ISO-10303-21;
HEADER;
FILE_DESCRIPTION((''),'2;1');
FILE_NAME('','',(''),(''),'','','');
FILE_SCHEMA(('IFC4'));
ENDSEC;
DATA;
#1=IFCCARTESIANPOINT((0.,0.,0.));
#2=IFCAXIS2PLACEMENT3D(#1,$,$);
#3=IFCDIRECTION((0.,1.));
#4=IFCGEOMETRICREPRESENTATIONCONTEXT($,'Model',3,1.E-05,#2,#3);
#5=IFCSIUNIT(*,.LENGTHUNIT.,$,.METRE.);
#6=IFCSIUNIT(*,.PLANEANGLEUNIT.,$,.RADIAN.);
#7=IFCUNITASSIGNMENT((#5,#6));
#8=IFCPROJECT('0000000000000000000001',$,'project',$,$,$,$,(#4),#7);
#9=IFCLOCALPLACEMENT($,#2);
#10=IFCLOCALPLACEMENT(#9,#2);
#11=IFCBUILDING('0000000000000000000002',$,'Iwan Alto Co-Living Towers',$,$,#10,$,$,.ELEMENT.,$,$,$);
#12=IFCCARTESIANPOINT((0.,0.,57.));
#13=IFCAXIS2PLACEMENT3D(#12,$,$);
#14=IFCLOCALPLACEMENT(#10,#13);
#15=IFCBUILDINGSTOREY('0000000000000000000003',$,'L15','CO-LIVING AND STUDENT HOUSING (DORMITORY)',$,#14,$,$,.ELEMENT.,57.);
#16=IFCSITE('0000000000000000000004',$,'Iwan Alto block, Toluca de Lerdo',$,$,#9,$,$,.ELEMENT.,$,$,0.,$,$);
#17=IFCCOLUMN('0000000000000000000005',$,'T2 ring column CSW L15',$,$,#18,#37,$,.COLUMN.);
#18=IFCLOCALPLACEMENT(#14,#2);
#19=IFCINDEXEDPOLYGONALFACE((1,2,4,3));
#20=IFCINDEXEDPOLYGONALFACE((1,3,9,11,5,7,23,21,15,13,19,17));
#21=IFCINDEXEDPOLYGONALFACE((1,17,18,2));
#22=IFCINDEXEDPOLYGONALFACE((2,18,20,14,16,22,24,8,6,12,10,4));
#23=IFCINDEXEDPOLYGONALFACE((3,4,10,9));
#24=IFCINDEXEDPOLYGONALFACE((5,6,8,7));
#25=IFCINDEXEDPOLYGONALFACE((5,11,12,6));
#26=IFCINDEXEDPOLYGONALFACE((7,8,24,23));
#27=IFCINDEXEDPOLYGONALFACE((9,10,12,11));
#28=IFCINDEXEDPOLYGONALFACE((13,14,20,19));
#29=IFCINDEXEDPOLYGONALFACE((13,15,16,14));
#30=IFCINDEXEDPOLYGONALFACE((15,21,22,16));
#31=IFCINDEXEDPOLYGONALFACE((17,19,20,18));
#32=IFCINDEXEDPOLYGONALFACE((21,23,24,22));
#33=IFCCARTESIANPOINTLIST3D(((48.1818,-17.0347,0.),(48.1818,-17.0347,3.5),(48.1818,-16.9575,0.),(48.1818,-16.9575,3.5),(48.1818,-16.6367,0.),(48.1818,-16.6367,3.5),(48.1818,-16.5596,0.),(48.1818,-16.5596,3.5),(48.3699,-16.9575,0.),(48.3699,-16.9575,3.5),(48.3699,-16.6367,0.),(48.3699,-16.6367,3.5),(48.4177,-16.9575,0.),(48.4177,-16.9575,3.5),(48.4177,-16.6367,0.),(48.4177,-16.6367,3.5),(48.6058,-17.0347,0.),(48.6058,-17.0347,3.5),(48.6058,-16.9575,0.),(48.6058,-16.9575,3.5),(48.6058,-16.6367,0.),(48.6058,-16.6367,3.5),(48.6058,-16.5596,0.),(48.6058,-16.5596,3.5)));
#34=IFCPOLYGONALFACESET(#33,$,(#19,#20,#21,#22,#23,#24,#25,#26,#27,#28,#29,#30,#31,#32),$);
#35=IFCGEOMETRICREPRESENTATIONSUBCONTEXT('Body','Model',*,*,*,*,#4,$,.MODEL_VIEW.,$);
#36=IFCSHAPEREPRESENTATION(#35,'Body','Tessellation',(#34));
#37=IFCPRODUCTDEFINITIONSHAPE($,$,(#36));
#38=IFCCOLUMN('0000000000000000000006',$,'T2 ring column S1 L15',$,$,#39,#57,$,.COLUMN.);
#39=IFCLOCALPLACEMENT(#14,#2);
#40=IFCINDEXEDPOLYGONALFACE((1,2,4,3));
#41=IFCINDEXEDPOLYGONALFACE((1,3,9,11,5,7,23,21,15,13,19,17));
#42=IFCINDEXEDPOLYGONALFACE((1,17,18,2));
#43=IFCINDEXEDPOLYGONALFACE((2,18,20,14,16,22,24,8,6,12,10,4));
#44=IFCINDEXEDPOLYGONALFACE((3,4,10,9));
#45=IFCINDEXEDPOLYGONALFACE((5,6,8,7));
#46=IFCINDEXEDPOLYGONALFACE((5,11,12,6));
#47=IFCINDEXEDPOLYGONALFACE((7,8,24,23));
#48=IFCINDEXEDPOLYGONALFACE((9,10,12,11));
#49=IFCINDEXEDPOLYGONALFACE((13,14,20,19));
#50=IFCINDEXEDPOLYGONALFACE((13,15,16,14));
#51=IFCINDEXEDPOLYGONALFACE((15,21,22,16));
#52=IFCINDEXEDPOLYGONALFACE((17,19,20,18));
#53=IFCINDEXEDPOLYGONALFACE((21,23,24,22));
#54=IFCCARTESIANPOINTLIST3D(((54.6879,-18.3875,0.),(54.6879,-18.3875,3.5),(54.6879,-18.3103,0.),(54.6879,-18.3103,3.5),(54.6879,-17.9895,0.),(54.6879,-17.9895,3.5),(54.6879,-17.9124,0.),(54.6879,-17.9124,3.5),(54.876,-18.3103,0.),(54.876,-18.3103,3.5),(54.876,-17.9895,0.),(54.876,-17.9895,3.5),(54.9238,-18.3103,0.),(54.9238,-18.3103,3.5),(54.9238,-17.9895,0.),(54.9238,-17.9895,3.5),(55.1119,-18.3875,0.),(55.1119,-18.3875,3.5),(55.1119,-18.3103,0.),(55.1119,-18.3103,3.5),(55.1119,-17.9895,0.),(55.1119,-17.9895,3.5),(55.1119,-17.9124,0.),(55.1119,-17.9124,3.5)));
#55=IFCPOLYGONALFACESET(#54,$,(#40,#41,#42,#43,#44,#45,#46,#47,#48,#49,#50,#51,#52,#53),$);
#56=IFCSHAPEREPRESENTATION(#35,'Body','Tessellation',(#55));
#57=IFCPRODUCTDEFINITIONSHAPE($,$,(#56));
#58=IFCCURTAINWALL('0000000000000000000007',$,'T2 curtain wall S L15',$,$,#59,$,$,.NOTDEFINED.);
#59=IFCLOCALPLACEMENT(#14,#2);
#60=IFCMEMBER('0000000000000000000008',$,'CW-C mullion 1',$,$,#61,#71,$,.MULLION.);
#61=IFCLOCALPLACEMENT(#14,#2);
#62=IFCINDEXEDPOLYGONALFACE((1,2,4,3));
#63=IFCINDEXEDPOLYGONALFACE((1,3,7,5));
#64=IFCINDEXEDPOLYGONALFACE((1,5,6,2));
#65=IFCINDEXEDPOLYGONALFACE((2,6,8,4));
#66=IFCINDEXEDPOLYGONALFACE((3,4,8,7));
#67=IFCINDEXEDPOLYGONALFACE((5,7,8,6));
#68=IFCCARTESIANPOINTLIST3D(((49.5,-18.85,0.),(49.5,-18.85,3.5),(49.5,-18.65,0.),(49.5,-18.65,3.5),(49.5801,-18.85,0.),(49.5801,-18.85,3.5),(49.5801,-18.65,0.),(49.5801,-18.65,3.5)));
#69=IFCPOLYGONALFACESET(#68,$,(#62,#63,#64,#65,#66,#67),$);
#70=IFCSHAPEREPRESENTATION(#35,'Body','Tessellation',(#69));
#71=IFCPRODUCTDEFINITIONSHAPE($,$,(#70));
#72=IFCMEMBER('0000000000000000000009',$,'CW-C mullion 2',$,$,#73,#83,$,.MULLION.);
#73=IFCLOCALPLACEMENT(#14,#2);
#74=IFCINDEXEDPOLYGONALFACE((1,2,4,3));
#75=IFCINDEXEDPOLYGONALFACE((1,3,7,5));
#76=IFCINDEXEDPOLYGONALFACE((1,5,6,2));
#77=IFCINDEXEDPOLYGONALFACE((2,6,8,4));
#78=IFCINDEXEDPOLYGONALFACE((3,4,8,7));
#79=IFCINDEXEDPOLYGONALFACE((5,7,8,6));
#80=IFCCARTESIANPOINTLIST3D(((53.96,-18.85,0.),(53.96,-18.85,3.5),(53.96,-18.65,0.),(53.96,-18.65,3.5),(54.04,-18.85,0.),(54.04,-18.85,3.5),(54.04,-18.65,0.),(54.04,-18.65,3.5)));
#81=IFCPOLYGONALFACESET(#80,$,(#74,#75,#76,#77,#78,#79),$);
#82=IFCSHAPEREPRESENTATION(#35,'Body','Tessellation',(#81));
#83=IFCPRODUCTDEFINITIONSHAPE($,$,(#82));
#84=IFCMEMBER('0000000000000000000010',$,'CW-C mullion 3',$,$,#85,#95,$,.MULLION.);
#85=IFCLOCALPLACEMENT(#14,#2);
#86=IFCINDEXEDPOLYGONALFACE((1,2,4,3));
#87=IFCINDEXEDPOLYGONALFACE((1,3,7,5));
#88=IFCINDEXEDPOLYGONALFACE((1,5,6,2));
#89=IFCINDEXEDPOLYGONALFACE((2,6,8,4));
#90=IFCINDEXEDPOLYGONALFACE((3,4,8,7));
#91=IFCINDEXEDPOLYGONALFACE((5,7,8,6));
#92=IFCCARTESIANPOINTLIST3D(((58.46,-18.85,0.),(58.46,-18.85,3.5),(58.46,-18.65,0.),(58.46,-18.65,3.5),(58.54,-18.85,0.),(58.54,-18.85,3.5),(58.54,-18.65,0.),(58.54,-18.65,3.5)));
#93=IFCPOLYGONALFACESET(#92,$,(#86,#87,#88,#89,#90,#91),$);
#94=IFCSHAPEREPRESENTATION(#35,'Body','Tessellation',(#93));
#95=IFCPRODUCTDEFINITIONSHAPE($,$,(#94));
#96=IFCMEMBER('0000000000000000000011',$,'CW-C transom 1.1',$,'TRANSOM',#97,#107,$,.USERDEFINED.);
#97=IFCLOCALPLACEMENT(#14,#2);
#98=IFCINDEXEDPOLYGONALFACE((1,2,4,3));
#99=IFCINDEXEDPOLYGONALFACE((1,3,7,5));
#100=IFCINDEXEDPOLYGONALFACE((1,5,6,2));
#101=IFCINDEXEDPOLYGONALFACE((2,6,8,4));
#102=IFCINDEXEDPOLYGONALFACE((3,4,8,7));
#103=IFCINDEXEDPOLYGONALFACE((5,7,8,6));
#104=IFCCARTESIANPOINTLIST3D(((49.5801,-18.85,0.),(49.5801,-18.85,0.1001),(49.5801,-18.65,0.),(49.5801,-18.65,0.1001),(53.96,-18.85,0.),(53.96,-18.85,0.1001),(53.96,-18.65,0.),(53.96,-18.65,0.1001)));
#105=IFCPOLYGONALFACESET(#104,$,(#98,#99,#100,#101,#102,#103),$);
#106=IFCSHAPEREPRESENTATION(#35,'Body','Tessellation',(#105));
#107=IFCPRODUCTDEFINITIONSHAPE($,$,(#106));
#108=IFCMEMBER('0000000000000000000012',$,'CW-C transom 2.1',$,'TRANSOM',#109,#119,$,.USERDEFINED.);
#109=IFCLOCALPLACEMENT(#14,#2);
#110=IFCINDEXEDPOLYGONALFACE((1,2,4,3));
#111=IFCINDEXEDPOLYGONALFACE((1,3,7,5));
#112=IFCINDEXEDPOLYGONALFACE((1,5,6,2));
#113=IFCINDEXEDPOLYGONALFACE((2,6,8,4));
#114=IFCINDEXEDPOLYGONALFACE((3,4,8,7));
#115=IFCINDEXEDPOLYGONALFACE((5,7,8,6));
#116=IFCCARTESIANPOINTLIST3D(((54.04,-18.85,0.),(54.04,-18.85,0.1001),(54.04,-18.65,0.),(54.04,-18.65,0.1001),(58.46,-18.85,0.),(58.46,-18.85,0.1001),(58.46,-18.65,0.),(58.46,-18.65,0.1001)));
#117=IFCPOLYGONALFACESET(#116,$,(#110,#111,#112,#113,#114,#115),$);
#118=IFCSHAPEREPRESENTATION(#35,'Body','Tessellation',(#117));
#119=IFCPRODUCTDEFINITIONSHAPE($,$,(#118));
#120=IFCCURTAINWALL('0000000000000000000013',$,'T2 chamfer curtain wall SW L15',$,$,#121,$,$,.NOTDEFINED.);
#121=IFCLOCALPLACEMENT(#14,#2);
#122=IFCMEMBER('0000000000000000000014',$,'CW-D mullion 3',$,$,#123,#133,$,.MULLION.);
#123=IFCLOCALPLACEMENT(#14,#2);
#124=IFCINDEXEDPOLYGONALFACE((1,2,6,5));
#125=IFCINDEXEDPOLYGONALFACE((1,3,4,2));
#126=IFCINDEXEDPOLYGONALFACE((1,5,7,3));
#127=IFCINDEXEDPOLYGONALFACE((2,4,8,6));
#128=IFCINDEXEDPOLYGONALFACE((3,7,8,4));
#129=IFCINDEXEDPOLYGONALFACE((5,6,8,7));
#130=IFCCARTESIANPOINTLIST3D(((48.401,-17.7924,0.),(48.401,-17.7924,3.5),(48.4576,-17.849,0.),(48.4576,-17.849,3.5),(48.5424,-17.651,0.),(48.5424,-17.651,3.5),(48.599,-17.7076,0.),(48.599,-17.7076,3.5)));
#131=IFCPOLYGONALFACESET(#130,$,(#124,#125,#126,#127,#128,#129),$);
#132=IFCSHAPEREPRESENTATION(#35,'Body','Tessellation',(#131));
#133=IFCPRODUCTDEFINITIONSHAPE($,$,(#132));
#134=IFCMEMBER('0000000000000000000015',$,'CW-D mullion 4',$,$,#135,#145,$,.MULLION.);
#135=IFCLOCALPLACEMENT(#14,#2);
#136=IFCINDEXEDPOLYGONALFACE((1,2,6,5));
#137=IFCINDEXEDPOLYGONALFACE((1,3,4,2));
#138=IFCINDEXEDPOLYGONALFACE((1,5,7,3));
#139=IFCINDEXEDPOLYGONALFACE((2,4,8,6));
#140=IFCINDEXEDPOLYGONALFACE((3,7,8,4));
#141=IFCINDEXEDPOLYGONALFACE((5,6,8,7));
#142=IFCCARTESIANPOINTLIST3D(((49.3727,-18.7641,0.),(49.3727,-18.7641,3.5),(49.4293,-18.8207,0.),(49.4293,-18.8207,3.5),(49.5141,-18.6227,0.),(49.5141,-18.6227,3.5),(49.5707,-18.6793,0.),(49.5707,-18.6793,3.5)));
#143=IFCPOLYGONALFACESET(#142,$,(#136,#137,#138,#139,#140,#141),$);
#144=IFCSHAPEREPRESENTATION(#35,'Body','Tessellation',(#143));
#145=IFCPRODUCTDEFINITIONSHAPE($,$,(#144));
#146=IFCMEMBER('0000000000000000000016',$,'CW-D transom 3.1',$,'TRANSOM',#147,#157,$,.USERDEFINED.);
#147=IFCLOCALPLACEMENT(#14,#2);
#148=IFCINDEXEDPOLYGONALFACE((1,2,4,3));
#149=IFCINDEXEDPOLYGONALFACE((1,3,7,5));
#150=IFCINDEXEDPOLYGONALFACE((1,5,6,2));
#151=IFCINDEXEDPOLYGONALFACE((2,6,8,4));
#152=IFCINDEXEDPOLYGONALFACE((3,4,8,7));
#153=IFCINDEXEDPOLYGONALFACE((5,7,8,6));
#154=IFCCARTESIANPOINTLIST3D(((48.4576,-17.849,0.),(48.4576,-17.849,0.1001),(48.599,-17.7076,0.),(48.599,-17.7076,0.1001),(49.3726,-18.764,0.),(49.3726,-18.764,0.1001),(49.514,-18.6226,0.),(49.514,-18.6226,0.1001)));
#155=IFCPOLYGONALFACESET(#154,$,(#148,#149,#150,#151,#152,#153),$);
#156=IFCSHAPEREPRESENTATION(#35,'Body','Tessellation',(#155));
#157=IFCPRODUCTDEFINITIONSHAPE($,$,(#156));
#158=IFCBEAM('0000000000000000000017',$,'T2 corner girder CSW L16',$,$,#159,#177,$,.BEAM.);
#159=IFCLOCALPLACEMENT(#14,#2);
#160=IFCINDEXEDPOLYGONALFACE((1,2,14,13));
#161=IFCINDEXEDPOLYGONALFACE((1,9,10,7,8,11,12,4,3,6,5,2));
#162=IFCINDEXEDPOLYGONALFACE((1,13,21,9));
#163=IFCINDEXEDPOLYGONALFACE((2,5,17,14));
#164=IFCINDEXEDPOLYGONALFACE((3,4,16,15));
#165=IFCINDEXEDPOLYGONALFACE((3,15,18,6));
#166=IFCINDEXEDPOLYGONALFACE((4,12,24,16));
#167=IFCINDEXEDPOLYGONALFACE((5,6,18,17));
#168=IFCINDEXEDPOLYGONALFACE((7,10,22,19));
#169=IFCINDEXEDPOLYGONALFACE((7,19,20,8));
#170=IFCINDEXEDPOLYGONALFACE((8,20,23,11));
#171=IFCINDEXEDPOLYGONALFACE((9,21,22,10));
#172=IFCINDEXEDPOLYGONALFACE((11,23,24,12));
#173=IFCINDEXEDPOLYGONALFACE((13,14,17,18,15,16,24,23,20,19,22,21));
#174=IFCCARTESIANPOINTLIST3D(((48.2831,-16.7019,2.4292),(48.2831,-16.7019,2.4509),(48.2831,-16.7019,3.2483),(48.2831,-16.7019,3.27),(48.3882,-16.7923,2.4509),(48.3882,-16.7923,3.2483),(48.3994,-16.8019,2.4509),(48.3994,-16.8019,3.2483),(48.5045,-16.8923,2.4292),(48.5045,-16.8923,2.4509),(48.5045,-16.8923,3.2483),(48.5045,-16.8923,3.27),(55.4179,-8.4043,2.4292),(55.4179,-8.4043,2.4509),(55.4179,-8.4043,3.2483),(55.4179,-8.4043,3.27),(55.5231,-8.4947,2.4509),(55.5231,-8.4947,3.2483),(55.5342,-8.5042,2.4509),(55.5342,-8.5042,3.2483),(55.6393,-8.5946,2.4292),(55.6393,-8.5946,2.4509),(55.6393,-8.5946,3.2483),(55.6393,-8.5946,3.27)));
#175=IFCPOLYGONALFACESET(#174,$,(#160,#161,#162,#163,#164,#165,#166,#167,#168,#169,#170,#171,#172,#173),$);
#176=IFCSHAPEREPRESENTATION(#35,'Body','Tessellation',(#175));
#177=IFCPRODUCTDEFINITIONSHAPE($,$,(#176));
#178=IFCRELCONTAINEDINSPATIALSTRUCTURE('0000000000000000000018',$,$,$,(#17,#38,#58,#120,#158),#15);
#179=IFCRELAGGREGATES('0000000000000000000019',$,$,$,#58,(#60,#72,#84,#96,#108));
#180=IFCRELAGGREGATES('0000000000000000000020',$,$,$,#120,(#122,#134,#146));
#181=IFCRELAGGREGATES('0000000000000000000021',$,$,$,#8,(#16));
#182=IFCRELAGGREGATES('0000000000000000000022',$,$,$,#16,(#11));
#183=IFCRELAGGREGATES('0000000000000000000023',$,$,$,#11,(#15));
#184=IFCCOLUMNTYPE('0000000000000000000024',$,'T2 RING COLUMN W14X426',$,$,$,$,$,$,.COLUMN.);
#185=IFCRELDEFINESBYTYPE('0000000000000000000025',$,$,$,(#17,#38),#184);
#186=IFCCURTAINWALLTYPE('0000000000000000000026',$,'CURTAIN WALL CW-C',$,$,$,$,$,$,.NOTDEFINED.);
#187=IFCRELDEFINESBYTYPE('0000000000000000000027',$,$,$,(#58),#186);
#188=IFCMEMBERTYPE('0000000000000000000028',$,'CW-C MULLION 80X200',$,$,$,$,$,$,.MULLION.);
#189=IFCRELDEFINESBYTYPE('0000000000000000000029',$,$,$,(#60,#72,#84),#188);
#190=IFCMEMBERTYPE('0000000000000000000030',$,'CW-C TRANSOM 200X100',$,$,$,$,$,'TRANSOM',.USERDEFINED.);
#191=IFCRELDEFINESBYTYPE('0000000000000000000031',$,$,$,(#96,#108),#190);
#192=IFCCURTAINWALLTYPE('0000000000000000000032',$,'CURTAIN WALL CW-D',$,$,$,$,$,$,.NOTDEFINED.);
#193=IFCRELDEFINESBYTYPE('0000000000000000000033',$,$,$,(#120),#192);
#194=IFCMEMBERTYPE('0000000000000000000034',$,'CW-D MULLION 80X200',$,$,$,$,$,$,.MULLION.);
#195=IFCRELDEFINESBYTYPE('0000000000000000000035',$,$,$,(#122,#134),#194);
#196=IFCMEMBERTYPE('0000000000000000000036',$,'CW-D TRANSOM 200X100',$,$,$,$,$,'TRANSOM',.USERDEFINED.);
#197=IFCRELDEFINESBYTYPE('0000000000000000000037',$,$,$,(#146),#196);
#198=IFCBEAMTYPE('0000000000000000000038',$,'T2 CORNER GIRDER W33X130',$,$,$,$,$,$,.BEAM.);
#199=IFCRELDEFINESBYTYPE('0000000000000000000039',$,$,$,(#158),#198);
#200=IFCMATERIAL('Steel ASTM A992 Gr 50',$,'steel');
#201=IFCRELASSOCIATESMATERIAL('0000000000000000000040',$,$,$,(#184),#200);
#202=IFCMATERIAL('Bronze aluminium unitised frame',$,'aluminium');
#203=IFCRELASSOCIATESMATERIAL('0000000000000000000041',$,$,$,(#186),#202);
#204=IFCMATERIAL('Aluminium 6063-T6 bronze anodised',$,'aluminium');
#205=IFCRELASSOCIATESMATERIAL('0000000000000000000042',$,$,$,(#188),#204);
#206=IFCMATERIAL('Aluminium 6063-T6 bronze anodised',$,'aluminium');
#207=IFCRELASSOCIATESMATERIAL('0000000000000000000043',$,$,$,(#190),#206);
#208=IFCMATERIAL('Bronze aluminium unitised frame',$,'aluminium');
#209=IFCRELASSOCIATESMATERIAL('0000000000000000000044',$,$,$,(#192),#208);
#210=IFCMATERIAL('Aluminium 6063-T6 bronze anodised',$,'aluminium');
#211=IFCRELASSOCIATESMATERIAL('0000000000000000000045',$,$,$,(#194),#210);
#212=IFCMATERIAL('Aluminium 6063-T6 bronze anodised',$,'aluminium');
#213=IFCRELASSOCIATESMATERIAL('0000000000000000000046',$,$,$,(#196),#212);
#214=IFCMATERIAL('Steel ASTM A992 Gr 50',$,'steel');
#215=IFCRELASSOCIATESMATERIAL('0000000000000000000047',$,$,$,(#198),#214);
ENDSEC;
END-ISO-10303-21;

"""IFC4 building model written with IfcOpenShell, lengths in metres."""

from ifc_helpers import new_model, si_unit, direction, frame, origin, origin_2d, place, context, subcontext, project, spatial, rectangle, i_section, extrude, material, material_profile, profile_set, type_object, element, aggregate, save


model = new_model("IFC4")

# Units and contexts
model_context = context("Model", 3, precision=1e-05, world=origin(), true_north=direction((0.0, 1.0)))
body_context = subcontext(model_context, "Body", "Model", "MODEL_VIEW")
ifc_project = project(units=[si_unit("LENGTHUNIT", "METRE"), si_unit("PLANEANGLEUNIT", "RADIAN")], contexts=[model_context])

# Site, building, storey
site_placement = place(None, origin())
site = spatial("IfcSite", under=ifc_project, at=site_placement, Name="Iwan Alto block, Toluca de Lerdo", CompositionType="ELEMENT", RefElevation=0.0)
building_placement = place(site_placement, origin())
building = spatial("IfcBuilding", under=site, at=building_placement, Name="Iwan Alto Co-Living Towers", CompositionType="ELEMENT")
storey_placement = place(building_placement, frame((0.0, 0.0, 57.0)))
storey = spatial("IfcBuildingStorey", under=building, at=storey_placement, Name="L15", Description="CO-LIVING AND STUDENT HOUSING (DORMITORY)", CompositionType="ELEMENT", Elevation=57.0)

# Columns
ifc_material_1 = material(Name="Steel ASTM A992 Gr 50", Category="steel")
ifc_material_profile_1 = material_profile(ifc_material_1, i_section(OverallWidth=0.4241, OverallDepth=0.4751, WebThickness=0.0479, FlangeThickness=0.0771, at=origin_2d()), Name="W14X426")
ifc_profile_set_1 = profile_set([ifc_material_profile_1], Name="Steel ASTM A992 Gr 50")
column_type = type_object("IfcColumnType", Name="T2 RING COLUMN W14X426", PredefinedType="COLUMN", material=ifc_profile_set_1)
for number, where, z_axis, x_axis, name in (
    (1, (48.3938, -16.7971, 0.0), (0.0, 0.0, 1.0), (1.0, 0.0, 0.0), "T2 ring column CSW L15"),
    (2, (54.8999, -18.1499, 0.0), (0.0, 0.0, 1.0), (1.0, 0.0, 0.0), "T2 ring column S1 L15"),
):
    element("IfcColumn", number, at=place(storey_placement, frame(where, z_axis=z_axis, x_axis=x_axis)), inside=storey, type_object=column_type, Name=name, PredefinedType="COLUMN", context=body_context, shape_type="SweptSolid", body=[
        extrude(i_section(OverallWidth=0.4241, OverallDepth=0.4751, WebThickness=0.0479, FlangeThickness=0.0771, at=origin_2d()), origin(), (0.0, 0.0, 1.0), 3.5),
    ])

# Curtain walls, members
ifc_material_2 = material(Name="Bronze aluminium unitised frame", Category="aluminium")
curtain_wall_type_1 = type_object("IfcCurtainWallType", Name="CURTAIN WALL CW-C", PredefinedType="NOTDEFINED", material=ifc_material_2)
curtain_wall_1_placement = place(storey_placement, origin())
curtain_wall_1 = element("IfcCurtainWall", 3, at=curtain_wall_1_placement, inside=storey, type_object=curtain_wall_type_1, Name="T2 curtain wall S L15", PredefinedType="NOTDEFINED")
ifc_material_3 = material(Name="Aluminium 6063-T6 bronze anodised", Category="aluminium")
ifc_material_profile_2 = material_profile(ifc_material_3, rectangle(XDim=0.2, YDim=0.0801, at=origin_2d()), Name="AL 80X200")
ifc_profile_set_2 = profile_set([ifc_material_profile_2], Name="Aluminium 6063-T6 bronze anodised")
member_type_1 = type_object("IfcMemberType", Name="CW-C MULLION 80X200", PredefinedType="MULLION", material=ifc_profile_set_2)
member_1_placement = place(storey_placement, frame((49.54, -18.75, 0.0), z_axis=(0.0, 0.0, 1.0), x_axis=(0.0, 1.0, 0.0)))
member_1 = element("IfcMember", 4, at=member_1_placement, type_object=member_type_1, Name="CW-C mullion 1", PredefinedType="MULLION", context=body_context, shape_type="SweptSolid", body=[
    extrude(rectangle(XDim=0.2, YDim=0.0801, at=origin_2d()), origin(), (0.0, 0.0, 1.0), 3.5),
])
member_2_placement = place(storey_placement, frame((54.0, -18.75, 0.0), z_axis=(0.0, 0.0, 1.0), x_axis=(0.0, 1.0, 0.0)))
member_2 = element("IfcMember", 5, at=member_2_placement, type_object=member_type_1, Name="CW-C mullion 2", PredefinedType="MULLION", context=body_context, shape_type="SweptSolid", body=[
    extrude(rectangle(XDim=0.2, YDim=0.0801, at=origin_2d()), origin(), (0.0, 0.0, 1.0), 3.5),
])
member_3_placement = place(storey_placement, frame((58.5, -18.75, 0.0), z_axis=(0.0, 0.0, 1.0), x_axis=(0.0, 1.0, 0.0)))
member_3 = element("IfcMember", 6, at=member_3_placement, type_object=member_type_1, Name="CW-C mullion 3", PredefinedType="MULLION", context=body_context, shape_type="SweptSolid", body=[
    extrude(rectangle(XDim=0.2, YDim=0.0801, at=origin_2d()), origin(), (0.0, 0.0, 1.0), 3.5),
])
ifc_material_4 = material(Name="Aluminium 6063-T6 bronze anodised", Category="aluminium")
ifc_material_profile_3 = material_profile(ifc_material_4, rectangle(XDim=0.2, YDim=0.1001, at=origin_2d()), Name="AL 200X100")
ifc_profile_set_3 = profile_set([ifc_material_profile_3], Name="Aluminium 6063-T6 bronze anodised")
member_type_2 = type_object("IfcMemberType", Name="CW-C TRANSOM 200X100", ElementType="TRANSOM", PredefinedType="USERDEFINED", material=ifc_profile_set_3)
member_4_placement = place(storey_placement, frame((49.5801, -18.75, 0.05), z_axis=(1.0, 0.0, 0.0), x_axis=(0.0, 1.0, 0.0)))
member_4 = element("IfcMember", 7, at=member_4_placement, type_object=member_type_2, Name="CW-C transom 1.1", ObjectType="TRANSOM", PredefinedType="USERDEFINED", context=body_context, shape_type="SweptSolid", body=[
    extrude(rectangle(XDim=0.2, YDim=0.1001, at=origin_2d()), origin(), (0.0, 0.0, 1.0), 4.3799),
])
member_5_placement = place(storey_placement, frame((54.04, -18.75, 0.05), z_axis=(1.0, 0.0, 0.0), x_axis=(0.0, 1.0, 0.0)))
member_5 = element("IfcMember", 8, at=member_5_placement, type_object=member_type_2, Name="CW-C transom 2.1", ObjectType="TRANSOM", PredefinedType="USERDEFINED", context=body_context, shape_type="SweptSolid", body=[
    extrude(rectangle(XDim=0.2, YDim=0.1001, at=origin_2d()), origin(), (0.0, 0.0, 1.0), 4.4199),
])
ifc_material_5 = material(Name="Bronze aluminium unitised frame", Category="aluminium")
curtain_wall_type_2 = type_object("IfcCurtainWallType", Name="CURTAIN WALL CW-D", PredefinedType="NOTDEFINED", material=ifc_material_5)
curtain_wall_2_placement = place(storey_placement, origin())
curtain_wall_2 = element("IfcCurtainWall", 9, at=curtain_wall_2_placement, inside=storey, type_object=curtain_wall_type_2, Name="T2 chamfer curtain wall SW L15", PredefinedType="NOTDEFINED")
ifc_material_6 = material(Name="Aluminium 6063-T6 bronze anodised", Category="aluminium")
ifc_material_profile_4 = material_profile(ifc_material_6, rectangle(XDim=0.2, YDim=0.0801, at=origin_2d()), Name="AL 80X200")
ifc_profile_set_4 = profile_set([ifc_material_profile_4], Name="Aluminium 6063-T6 bronze anodised")
member_type_3 = type_object("IfcMemberType", Name="CW-D MULLION 80X200", PredefinedType="MULLION", material=ifc_profile_set_4)
member_6_placement = place(storey_placement, frame((48.5, -17.75, 0.0), z_axis=(0.0, 0.0, 1.0), x_axis=(0.707107, 0.707107, 0.0)))
member_6 = element("IfcMember", 10, at=member_6_placement, type_object=member_type_3, Name="CW-D mullion 3", PredefinedType="MULLION", context=body_context, shape_type="SweptSolid", body=[
    extrude(rectangle(XDim=0.2, YDim=0.0801, at=origin_2d()), origin(), (0.0, 0.0, 1.0), 3.5),
])
member_7_placement = place(storey_placement, frame((49.4717, -18.7217, 0.0), z_axis=(0.0, 0.0, 1.0), x_axis=(0.707107, 0.707107, 0.0)))
member_7 = element("IfcMember", 11, at=member_7_placement, type_object=member_type_3, Name="CW-D mullion 4", PredefinedType="MULLION", context=body_context, shape_type="SweptSolid", body=[
    extrude(rectangle(XDim=0.2, YDim=0.0801, at=origin_2d()), origin(), (0.0, 0.0, 1.0), 3.5),
])
ifc_material_7 = material(Name="Aluminium 6063-T6 bronze anodised", Category="aluminium")
ifc_material_profile_5 = material_profile(ifc_material_7, rectangle(XDim=0.2, YDim=0.1001, at=origin_2d()), Name="AL 200X100")
ifc_profile_set_5 = profile_set([ifc_material_profile_5], Name="Aluminium 6063-T6 bronze anodised")
member_type_4 = type_object("IfcMemberType", Name="CW-D TRANSOM 200X100", ElementType="TRANSOM", PredefinedType="USERDEFINED", material=ifc_profile_set_5)
member_8_placement = place(storey_placement, frame((48.5283, -17.7783, 0.05), z_axis=(0.707107, -0.707107, 0.0), x_axis=(0.707107, 0.707107, 0.0)))
member_8 = element("IfcMember", 12, at=member_8_placement, type_object=member_type_4, Name="CW-D transom 3.1", ObjectType="TRANSOM", PredefinedType="USERDEFINED", context=body_context, shape_type="SweptSolid", body=[
    extrude(rectangle(XDim=0.2, YDim=0.1001, at=origin_2d()), origin(), (0.0, 0.0, 1.0), 1.2939),
])

# Beam
ifc_material_8 = material(Name="Steel ASTM A992 Gr 50", Category="steel")
ifc_material_profile_6 = material_profile(ifc_material_8, i_section(OverallWidth=0.292, OverallDepth=0.8408, WebThickness=0.0146, FlangeThickness=0.0217, at=origin_2d()), Name="W33X130")
ifc_profile_set_6 = profile_set([ifc_material_profile_6], Name="Steel ASTM A992 Gr 50")
beam_type_1 = type_object("IfcBeamType", Name="T2 CORNER GIRDER W33X130", PredefinedType="BEAM", material=ifc_profile_set_6)
beam_1_placement = place(storey_placement, frame((48.3938, -16.7971, 2.8496), z_axis=(0.651977, 0.758238, 0.0), x_axis=(-0.758238, 0.651977, 0.0)))
element("IfcBeam", 13, at=beam_1_placement, inside=storey, type_object=beam_type_1, Name="T2 corner girder CSW L16", PredefinedType="BEAM", context=body_context, shape_type="SweptSolid", body=[
    extrude(i_section(OverallWidth=0.292, OverallDepth=0.8408, WebThickness=0.0146, FlangeThickness=0.0217, at=origin_2d()), origin(), (0.0, 0.0, 1.0), 10.9434),
])

aggregate(curtain_wall_1, [member_1, member_2, member_3, member_4, member_5])
aggregate(curtain_wall_2, [member_6, member_7, member_8])

save(model, "model.ifc")
